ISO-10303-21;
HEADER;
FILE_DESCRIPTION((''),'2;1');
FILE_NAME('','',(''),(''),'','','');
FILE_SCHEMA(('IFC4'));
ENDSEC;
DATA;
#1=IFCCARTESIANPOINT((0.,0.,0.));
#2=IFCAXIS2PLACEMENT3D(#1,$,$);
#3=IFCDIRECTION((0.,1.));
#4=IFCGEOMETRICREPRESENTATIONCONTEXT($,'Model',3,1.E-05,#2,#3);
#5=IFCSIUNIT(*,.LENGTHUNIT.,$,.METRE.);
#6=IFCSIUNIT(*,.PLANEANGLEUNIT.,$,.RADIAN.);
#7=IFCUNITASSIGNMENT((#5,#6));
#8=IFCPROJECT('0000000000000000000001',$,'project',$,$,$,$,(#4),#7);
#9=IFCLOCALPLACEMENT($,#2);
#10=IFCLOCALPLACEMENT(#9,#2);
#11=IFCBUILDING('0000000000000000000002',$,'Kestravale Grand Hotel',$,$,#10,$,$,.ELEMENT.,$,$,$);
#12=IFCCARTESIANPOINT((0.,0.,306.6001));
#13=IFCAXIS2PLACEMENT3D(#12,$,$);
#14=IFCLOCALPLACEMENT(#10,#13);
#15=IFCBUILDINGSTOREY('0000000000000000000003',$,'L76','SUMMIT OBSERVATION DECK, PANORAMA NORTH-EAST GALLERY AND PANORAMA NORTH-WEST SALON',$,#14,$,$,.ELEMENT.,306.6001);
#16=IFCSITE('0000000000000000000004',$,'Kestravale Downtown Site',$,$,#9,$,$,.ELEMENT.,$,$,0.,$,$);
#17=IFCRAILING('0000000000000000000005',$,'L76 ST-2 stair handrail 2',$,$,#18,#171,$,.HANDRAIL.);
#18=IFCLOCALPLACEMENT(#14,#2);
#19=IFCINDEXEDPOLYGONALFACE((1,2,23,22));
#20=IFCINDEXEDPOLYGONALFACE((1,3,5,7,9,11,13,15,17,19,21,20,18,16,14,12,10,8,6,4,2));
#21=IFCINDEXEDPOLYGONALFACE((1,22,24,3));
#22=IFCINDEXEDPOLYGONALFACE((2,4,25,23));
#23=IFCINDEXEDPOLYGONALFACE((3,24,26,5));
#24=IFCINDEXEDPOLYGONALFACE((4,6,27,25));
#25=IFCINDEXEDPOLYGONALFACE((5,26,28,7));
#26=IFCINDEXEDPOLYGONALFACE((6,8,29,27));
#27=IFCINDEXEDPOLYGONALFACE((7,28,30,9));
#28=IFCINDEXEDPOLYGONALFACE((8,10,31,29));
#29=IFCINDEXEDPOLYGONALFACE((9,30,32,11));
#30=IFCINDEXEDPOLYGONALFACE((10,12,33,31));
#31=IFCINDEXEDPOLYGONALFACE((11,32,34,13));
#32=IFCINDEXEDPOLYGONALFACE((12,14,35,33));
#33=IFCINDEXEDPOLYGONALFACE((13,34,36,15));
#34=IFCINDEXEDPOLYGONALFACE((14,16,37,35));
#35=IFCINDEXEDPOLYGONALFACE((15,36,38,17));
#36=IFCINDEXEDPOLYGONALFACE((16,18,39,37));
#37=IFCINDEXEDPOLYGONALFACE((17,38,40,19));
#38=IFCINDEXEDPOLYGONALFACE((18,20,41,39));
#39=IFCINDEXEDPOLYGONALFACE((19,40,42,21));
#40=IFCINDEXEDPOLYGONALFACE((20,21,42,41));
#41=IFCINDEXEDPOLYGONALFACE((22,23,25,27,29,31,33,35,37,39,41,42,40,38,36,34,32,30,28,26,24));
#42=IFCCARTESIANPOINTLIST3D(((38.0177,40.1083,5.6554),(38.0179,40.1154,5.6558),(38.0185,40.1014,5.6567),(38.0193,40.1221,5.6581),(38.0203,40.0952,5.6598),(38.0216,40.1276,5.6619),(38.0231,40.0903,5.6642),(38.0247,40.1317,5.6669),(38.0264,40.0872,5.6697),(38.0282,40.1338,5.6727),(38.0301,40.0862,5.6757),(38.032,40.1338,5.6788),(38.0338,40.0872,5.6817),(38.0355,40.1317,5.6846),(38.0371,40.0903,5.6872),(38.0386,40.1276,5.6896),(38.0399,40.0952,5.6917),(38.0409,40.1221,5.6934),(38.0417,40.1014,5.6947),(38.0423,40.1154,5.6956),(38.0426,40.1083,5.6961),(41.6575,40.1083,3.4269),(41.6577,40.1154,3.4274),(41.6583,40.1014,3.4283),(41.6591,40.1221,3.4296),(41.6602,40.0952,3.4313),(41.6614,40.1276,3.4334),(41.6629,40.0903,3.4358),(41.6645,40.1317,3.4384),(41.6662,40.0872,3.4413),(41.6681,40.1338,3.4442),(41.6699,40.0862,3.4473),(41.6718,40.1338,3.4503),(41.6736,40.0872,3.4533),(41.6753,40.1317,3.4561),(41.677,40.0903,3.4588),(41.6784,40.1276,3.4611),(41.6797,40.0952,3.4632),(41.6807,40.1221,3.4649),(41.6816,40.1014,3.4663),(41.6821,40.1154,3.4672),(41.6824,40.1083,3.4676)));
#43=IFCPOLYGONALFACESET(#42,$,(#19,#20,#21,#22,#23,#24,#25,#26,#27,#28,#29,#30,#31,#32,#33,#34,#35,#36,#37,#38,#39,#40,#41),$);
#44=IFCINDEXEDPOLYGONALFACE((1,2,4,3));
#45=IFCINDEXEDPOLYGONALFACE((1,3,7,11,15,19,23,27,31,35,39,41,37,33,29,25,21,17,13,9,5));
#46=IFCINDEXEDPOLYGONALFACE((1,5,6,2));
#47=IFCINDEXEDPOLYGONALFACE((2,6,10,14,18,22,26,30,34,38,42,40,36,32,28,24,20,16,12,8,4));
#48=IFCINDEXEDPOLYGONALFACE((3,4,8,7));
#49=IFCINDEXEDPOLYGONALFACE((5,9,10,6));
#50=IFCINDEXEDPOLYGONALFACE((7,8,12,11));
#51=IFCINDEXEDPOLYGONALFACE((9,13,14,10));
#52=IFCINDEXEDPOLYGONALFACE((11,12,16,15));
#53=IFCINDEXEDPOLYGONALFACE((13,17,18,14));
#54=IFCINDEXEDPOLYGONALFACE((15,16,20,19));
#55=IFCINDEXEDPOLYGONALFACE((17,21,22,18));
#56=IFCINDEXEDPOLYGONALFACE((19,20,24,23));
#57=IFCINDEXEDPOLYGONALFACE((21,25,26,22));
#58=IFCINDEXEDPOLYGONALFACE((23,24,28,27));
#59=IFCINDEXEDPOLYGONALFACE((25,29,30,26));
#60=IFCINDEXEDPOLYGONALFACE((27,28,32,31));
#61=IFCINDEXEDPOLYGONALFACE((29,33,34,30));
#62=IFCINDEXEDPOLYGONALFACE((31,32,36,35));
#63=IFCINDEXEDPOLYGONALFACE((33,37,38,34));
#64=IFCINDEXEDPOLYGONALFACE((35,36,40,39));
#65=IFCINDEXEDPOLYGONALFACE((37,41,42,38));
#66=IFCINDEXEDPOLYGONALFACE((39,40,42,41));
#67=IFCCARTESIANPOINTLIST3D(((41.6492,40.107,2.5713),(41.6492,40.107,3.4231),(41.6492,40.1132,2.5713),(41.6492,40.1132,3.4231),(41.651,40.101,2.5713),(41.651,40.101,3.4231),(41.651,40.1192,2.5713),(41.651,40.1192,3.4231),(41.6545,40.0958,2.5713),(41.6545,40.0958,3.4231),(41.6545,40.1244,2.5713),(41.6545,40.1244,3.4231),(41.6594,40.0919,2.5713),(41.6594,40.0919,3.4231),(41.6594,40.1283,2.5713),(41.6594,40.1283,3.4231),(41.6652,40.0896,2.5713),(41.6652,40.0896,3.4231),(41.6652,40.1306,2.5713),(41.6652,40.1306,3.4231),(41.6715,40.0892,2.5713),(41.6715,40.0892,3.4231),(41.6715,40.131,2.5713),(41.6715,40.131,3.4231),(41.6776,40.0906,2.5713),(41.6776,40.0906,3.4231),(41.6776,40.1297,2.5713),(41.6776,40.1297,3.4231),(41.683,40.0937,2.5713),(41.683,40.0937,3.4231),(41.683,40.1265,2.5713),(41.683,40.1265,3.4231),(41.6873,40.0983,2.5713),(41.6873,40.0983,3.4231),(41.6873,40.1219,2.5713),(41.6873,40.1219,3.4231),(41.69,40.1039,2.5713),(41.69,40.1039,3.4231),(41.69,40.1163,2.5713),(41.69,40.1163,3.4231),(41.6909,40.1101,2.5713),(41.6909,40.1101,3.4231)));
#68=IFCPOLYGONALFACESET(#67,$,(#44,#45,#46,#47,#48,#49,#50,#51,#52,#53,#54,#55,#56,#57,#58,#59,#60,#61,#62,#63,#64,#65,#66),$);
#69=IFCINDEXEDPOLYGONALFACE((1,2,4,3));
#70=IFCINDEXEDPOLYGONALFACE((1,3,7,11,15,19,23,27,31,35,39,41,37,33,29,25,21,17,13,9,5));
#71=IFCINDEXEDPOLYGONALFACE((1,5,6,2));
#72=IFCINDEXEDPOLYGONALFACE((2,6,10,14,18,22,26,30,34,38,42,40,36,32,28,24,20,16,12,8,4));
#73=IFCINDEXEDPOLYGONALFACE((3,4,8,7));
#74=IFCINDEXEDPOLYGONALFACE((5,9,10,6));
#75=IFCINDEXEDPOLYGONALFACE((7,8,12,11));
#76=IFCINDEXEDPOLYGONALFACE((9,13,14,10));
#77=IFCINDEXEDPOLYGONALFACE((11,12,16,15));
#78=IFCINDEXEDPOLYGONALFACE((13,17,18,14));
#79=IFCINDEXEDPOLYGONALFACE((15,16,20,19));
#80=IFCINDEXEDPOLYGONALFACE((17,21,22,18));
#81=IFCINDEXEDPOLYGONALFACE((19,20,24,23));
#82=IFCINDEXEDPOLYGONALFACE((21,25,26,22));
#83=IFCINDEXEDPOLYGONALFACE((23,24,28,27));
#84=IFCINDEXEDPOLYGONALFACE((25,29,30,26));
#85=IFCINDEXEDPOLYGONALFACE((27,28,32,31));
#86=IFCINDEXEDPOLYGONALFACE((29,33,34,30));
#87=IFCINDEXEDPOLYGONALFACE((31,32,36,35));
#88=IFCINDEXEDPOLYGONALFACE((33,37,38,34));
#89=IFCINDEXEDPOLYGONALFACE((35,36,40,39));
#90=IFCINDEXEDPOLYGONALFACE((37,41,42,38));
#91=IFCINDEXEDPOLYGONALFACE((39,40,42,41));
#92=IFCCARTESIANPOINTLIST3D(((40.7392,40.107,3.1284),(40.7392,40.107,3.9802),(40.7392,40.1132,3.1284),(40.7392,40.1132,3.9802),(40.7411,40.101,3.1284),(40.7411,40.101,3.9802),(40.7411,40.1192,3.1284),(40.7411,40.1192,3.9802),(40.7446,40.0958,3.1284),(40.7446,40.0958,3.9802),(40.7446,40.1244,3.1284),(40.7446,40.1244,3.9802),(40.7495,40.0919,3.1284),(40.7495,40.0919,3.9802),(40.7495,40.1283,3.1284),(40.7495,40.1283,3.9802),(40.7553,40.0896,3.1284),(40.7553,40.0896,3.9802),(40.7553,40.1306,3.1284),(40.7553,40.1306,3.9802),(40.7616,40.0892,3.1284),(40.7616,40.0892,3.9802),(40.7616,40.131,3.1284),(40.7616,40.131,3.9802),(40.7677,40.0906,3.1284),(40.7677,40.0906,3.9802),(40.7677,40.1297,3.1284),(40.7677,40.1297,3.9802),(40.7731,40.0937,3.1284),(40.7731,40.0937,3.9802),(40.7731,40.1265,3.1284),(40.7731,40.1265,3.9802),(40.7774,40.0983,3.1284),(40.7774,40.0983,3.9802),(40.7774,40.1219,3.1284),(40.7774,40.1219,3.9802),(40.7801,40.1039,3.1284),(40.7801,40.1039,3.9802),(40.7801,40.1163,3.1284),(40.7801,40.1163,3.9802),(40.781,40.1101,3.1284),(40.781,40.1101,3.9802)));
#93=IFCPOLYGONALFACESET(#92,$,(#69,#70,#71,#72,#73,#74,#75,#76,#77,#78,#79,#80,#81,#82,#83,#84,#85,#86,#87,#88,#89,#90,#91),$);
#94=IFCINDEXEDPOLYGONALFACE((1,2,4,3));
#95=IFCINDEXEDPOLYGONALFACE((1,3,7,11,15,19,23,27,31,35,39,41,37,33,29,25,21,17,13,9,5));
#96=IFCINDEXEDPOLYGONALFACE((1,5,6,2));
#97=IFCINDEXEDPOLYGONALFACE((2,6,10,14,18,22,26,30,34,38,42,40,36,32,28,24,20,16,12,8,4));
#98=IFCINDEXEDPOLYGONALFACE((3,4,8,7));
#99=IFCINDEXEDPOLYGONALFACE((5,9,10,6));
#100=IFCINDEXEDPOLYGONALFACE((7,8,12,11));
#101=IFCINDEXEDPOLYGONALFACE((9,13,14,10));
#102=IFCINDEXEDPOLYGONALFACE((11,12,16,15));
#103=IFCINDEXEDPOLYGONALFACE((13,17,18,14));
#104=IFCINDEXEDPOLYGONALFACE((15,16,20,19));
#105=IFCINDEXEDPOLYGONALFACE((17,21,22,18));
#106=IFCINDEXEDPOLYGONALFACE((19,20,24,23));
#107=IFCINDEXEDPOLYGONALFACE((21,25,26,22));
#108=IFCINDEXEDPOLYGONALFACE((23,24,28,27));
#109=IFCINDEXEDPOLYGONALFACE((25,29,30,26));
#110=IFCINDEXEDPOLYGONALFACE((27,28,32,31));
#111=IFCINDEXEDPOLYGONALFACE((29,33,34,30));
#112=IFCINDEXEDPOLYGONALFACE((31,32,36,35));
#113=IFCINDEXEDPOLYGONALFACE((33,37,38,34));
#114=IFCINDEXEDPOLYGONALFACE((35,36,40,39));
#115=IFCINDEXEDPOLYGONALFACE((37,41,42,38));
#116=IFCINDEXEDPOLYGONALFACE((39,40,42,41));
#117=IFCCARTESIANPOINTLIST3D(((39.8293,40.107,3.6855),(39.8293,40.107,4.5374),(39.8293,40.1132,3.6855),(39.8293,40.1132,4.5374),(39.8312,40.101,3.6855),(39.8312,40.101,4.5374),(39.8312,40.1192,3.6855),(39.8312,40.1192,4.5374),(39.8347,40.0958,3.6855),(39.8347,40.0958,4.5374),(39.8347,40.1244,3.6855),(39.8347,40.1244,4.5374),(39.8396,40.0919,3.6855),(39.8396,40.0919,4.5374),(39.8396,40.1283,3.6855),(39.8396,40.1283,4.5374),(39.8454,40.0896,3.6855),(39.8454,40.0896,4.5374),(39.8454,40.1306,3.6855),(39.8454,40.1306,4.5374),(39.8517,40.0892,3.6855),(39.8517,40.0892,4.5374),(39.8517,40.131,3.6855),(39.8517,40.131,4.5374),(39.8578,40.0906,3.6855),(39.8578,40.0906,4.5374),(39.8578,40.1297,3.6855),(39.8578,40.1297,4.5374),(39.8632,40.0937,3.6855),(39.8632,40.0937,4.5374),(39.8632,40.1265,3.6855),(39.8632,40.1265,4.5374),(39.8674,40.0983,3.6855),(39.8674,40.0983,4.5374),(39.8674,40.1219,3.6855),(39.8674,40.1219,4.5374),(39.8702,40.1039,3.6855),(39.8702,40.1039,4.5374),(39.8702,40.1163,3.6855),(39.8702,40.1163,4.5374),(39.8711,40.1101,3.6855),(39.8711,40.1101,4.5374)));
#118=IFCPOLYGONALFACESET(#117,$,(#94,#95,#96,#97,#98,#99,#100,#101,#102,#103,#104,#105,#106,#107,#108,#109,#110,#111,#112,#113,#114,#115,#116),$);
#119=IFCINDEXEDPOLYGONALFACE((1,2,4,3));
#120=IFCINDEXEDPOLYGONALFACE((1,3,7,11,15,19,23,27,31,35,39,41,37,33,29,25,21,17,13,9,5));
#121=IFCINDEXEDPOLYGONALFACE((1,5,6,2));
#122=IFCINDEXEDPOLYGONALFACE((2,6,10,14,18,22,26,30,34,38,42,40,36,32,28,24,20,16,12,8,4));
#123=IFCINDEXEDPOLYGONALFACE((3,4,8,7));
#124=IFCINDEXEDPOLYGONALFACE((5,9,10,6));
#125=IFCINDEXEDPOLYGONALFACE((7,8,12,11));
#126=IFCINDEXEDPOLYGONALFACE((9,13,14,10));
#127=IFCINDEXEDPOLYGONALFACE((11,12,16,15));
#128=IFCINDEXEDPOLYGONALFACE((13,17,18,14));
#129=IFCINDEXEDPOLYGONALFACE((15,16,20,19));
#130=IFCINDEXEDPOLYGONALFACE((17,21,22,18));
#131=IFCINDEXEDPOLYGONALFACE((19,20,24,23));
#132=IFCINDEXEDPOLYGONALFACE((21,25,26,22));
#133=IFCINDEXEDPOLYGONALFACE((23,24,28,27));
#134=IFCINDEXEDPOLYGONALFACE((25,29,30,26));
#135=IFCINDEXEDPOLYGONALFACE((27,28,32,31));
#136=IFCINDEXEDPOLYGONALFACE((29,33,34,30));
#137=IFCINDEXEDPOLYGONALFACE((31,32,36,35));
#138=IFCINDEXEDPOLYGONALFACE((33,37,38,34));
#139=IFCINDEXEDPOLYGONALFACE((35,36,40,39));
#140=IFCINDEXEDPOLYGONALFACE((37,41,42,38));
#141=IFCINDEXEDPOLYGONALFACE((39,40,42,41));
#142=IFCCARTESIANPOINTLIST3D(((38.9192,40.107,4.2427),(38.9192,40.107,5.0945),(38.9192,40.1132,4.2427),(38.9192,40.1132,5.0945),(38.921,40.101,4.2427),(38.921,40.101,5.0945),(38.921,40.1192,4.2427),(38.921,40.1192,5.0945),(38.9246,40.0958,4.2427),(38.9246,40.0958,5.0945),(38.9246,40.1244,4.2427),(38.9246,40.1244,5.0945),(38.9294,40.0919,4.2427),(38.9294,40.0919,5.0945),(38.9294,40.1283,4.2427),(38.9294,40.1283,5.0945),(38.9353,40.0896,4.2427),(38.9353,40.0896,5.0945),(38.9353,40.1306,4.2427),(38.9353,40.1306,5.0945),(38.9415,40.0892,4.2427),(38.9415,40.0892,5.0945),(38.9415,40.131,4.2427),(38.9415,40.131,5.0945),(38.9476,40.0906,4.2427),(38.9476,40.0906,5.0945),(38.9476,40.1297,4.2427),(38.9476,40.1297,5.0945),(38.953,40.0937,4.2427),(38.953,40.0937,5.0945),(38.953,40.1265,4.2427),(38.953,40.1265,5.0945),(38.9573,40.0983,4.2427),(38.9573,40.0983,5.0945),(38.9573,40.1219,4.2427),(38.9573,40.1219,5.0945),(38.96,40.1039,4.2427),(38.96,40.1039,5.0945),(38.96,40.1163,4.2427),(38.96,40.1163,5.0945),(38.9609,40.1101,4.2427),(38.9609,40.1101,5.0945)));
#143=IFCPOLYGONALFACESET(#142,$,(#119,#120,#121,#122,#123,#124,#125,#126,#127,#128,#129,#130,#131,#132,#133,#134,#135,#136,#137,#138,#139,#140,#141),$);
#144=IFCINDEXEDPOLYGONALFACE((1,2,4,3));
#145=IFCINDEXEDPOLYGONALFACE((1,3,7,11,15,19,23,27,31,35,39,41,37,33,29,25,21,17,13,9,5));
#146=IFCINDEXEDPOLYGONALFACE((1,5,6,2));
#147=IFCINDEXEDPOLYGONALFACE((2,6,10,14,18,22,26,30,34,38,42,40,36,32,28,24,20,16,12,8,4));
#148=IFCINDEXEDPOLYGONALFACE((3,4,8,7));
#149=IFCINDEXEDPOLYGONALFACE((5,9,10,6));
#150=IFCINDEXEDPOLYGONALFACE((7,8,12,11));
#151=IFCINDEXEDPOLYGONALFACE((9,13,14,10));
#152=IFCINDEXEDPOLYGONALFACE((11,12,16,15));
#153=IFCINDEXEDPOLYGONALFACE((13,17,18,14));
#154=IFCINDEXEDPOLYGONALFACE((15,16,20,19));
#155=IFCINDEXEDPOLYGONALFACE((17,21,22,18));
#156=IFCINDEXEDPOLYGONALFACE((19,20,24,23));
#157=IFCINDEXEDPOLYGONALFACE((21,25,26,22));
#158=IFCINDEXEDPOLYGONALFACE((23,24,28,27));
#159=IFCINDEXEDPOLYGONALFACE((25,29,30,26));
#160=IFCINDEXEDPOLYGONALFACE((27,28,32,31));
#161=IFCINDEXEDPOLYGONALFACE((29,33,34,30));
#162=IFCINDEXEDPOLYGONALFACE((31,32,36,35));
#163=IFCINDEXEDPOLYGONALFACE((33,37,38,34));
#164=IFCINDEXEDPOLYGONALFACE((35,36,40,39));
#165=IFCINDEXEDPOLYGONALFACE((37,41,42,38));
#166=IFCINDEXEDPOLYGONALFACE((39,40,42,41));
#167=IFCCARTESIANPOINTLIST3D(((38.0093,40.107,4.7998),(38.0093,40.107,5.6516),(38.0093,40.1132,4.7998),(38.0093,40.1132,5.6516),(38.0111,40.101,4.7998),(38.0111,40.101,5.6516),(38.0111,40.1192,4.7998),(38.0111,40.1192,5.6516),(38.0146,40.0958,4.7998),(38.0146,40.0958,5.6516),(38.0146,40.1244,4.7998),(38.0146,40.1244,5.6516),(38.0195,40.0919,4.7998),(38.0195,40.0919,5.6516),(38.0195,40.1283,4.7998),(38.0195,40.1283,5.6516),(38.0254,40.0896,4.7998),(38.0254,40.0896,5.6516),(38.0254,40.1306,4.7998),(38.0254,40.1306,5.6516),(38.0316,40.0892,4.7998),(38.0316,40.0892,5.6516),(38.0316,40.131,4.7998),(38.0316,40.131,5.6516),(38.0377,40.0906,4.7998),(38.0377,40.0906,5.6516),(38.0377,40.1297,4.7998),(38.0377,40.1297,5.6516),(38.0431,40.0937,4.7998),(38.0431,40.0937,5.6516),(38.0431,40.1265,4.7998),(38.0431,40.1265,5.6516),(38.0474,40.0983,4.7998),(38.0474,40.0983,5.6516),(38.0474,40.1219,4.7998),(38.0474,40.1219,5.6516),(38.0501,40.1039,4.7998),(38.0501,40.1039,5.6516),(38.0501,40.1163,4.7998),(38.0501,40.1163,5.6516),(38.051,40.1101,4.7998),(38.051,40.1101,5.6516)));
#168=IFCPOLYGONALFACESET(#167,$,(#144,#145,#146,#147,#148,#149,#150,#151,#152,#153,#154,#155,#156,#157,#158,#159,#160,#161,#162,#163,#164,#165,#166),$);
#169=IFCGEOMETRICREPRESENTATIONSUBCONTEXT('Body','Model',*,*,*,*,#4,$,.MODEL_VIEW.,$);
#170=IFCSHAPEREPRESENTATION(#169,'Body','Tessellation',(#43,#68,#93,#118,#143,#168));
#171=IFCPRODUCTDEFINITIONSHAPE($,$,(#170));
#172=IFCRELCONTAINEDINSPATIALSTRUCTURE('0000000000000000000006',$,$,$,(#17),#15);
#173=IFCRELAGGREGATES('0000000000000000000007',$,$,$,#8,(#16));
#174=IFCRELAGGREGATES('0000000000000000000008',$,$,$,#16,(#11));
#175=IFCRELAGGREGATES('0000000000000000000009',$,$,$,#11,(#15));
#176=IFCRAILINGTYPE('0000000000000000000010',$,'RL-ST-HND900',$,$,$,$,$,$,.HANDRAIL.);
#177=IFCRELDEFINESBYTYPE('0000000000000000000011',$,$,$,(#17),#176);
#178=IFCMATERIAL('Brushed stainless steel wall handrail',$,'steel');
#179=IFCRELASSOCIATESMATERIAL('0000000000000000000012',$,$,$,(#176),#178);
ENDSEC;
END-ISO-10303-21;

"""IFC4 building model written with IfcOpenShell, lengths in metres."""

from ifc_helpers import new_model, si_unit, direction, frame, origin, origin_2d, place, context, subcontext, project, spatial, circle, extrude, material, type_object, element, save


model = new_model("IFC4")

# Units and contexts
model_context = context("Model", 3, precision=1e-05, world=origin(), true_north=direction((0.0, 1.0)))
body_context = subcontext(model_context, "Body", "Model", "MODEL_VIEW")
ifc_project = project(units=[si_unit("LENGTHUNIT", "METRE"), si_unit("PLANEANGLEUNIT", "RADIAN")], contexts=[model_context])

# Site, building, storey
site_placement = place(None, origin())
site = spatial("IfcSite", under=ifc_project, at=site_placement, Name="Kestravale Downtown Site", CompositionType="ELEMENT", RefElevation=0.0)
building_placement = place(site_placement, origin())
building = spatial("IfcBuilding", under=site, at=building_placement, Name="Kestravale Grand Hotel", CompositionType="ELEMENT")
storey_placement = place(building_placement, frame((0.0, 0.0, 306.6001)))
storey = spatial("IfcBuildingStorey", under=building, at=storey_placement, Name="L76", Description="SUMMIT OBSERVATION DECK, PANORAMA NORTH-EAST GALLERY AND PANORAMA NORTH-WEST SALON", CompositionType="ELEMENT", Elevation=306.6001)

# Railing
ifc_material_1 = material(Name="Brushed stainless steel wall handrail", Category="steel")
railing_type_1 = type_object("IfcRailingType", Name="RL-ST-HND900", PredefinedType="HANDRAIL", material=ifc_material_1)
railing_1_placement = place(storey_placement, frame((41.6699, 40.1101, 2.5713)))
element("IfcRailing", 1, at=railing_1_placement, inside=storey, type_object=railing_type_1, Name="L76 ST-2 stair handrail 2", PredefinedType="HANDRAIL", context=body_context, shape_type="SweptSolid", body=[
    extrude(circle(Radius=0.0239, at=origin_2d()), frame((0.0, 0.0, 0.876), z_axis=(-0.85285, 0.0, 0.522156), x_axis=(0.0, -1.0, 0.0)), (0.0, 0.0, 1.0), 4.2678),
    extrude(circle(Radius=0.021, at=origin_2d()), origin(), (0.0, 0.0, 1.0), 0.8518),
    extrude(circle(Radius=0.021, at=origin_2d()), frame((-0.9099, 0.0, 0.5571)), (0.0, 0.0, 1.0), 0.8518),
    extrude(circle(Radius=0.021, at=origin_2d()), frame((-1.8198, 0.0, 1.1143)), (0.0, 0.0, 1.0), 0.8518),
    extrude(circle(Radius=0.021, at=origin_2d()), frame((-2.73, 0.0, 1.6714)), (0.0, 0.0, 1.0), 0.8518),
    extrude(circle(Radius=0.021, at=origin_2d()), frame((-3.6399, 0.0, 2.2285)), (0.0, 0.0, 1.0), 0.8518),
])

save(model, "model.ifc")
